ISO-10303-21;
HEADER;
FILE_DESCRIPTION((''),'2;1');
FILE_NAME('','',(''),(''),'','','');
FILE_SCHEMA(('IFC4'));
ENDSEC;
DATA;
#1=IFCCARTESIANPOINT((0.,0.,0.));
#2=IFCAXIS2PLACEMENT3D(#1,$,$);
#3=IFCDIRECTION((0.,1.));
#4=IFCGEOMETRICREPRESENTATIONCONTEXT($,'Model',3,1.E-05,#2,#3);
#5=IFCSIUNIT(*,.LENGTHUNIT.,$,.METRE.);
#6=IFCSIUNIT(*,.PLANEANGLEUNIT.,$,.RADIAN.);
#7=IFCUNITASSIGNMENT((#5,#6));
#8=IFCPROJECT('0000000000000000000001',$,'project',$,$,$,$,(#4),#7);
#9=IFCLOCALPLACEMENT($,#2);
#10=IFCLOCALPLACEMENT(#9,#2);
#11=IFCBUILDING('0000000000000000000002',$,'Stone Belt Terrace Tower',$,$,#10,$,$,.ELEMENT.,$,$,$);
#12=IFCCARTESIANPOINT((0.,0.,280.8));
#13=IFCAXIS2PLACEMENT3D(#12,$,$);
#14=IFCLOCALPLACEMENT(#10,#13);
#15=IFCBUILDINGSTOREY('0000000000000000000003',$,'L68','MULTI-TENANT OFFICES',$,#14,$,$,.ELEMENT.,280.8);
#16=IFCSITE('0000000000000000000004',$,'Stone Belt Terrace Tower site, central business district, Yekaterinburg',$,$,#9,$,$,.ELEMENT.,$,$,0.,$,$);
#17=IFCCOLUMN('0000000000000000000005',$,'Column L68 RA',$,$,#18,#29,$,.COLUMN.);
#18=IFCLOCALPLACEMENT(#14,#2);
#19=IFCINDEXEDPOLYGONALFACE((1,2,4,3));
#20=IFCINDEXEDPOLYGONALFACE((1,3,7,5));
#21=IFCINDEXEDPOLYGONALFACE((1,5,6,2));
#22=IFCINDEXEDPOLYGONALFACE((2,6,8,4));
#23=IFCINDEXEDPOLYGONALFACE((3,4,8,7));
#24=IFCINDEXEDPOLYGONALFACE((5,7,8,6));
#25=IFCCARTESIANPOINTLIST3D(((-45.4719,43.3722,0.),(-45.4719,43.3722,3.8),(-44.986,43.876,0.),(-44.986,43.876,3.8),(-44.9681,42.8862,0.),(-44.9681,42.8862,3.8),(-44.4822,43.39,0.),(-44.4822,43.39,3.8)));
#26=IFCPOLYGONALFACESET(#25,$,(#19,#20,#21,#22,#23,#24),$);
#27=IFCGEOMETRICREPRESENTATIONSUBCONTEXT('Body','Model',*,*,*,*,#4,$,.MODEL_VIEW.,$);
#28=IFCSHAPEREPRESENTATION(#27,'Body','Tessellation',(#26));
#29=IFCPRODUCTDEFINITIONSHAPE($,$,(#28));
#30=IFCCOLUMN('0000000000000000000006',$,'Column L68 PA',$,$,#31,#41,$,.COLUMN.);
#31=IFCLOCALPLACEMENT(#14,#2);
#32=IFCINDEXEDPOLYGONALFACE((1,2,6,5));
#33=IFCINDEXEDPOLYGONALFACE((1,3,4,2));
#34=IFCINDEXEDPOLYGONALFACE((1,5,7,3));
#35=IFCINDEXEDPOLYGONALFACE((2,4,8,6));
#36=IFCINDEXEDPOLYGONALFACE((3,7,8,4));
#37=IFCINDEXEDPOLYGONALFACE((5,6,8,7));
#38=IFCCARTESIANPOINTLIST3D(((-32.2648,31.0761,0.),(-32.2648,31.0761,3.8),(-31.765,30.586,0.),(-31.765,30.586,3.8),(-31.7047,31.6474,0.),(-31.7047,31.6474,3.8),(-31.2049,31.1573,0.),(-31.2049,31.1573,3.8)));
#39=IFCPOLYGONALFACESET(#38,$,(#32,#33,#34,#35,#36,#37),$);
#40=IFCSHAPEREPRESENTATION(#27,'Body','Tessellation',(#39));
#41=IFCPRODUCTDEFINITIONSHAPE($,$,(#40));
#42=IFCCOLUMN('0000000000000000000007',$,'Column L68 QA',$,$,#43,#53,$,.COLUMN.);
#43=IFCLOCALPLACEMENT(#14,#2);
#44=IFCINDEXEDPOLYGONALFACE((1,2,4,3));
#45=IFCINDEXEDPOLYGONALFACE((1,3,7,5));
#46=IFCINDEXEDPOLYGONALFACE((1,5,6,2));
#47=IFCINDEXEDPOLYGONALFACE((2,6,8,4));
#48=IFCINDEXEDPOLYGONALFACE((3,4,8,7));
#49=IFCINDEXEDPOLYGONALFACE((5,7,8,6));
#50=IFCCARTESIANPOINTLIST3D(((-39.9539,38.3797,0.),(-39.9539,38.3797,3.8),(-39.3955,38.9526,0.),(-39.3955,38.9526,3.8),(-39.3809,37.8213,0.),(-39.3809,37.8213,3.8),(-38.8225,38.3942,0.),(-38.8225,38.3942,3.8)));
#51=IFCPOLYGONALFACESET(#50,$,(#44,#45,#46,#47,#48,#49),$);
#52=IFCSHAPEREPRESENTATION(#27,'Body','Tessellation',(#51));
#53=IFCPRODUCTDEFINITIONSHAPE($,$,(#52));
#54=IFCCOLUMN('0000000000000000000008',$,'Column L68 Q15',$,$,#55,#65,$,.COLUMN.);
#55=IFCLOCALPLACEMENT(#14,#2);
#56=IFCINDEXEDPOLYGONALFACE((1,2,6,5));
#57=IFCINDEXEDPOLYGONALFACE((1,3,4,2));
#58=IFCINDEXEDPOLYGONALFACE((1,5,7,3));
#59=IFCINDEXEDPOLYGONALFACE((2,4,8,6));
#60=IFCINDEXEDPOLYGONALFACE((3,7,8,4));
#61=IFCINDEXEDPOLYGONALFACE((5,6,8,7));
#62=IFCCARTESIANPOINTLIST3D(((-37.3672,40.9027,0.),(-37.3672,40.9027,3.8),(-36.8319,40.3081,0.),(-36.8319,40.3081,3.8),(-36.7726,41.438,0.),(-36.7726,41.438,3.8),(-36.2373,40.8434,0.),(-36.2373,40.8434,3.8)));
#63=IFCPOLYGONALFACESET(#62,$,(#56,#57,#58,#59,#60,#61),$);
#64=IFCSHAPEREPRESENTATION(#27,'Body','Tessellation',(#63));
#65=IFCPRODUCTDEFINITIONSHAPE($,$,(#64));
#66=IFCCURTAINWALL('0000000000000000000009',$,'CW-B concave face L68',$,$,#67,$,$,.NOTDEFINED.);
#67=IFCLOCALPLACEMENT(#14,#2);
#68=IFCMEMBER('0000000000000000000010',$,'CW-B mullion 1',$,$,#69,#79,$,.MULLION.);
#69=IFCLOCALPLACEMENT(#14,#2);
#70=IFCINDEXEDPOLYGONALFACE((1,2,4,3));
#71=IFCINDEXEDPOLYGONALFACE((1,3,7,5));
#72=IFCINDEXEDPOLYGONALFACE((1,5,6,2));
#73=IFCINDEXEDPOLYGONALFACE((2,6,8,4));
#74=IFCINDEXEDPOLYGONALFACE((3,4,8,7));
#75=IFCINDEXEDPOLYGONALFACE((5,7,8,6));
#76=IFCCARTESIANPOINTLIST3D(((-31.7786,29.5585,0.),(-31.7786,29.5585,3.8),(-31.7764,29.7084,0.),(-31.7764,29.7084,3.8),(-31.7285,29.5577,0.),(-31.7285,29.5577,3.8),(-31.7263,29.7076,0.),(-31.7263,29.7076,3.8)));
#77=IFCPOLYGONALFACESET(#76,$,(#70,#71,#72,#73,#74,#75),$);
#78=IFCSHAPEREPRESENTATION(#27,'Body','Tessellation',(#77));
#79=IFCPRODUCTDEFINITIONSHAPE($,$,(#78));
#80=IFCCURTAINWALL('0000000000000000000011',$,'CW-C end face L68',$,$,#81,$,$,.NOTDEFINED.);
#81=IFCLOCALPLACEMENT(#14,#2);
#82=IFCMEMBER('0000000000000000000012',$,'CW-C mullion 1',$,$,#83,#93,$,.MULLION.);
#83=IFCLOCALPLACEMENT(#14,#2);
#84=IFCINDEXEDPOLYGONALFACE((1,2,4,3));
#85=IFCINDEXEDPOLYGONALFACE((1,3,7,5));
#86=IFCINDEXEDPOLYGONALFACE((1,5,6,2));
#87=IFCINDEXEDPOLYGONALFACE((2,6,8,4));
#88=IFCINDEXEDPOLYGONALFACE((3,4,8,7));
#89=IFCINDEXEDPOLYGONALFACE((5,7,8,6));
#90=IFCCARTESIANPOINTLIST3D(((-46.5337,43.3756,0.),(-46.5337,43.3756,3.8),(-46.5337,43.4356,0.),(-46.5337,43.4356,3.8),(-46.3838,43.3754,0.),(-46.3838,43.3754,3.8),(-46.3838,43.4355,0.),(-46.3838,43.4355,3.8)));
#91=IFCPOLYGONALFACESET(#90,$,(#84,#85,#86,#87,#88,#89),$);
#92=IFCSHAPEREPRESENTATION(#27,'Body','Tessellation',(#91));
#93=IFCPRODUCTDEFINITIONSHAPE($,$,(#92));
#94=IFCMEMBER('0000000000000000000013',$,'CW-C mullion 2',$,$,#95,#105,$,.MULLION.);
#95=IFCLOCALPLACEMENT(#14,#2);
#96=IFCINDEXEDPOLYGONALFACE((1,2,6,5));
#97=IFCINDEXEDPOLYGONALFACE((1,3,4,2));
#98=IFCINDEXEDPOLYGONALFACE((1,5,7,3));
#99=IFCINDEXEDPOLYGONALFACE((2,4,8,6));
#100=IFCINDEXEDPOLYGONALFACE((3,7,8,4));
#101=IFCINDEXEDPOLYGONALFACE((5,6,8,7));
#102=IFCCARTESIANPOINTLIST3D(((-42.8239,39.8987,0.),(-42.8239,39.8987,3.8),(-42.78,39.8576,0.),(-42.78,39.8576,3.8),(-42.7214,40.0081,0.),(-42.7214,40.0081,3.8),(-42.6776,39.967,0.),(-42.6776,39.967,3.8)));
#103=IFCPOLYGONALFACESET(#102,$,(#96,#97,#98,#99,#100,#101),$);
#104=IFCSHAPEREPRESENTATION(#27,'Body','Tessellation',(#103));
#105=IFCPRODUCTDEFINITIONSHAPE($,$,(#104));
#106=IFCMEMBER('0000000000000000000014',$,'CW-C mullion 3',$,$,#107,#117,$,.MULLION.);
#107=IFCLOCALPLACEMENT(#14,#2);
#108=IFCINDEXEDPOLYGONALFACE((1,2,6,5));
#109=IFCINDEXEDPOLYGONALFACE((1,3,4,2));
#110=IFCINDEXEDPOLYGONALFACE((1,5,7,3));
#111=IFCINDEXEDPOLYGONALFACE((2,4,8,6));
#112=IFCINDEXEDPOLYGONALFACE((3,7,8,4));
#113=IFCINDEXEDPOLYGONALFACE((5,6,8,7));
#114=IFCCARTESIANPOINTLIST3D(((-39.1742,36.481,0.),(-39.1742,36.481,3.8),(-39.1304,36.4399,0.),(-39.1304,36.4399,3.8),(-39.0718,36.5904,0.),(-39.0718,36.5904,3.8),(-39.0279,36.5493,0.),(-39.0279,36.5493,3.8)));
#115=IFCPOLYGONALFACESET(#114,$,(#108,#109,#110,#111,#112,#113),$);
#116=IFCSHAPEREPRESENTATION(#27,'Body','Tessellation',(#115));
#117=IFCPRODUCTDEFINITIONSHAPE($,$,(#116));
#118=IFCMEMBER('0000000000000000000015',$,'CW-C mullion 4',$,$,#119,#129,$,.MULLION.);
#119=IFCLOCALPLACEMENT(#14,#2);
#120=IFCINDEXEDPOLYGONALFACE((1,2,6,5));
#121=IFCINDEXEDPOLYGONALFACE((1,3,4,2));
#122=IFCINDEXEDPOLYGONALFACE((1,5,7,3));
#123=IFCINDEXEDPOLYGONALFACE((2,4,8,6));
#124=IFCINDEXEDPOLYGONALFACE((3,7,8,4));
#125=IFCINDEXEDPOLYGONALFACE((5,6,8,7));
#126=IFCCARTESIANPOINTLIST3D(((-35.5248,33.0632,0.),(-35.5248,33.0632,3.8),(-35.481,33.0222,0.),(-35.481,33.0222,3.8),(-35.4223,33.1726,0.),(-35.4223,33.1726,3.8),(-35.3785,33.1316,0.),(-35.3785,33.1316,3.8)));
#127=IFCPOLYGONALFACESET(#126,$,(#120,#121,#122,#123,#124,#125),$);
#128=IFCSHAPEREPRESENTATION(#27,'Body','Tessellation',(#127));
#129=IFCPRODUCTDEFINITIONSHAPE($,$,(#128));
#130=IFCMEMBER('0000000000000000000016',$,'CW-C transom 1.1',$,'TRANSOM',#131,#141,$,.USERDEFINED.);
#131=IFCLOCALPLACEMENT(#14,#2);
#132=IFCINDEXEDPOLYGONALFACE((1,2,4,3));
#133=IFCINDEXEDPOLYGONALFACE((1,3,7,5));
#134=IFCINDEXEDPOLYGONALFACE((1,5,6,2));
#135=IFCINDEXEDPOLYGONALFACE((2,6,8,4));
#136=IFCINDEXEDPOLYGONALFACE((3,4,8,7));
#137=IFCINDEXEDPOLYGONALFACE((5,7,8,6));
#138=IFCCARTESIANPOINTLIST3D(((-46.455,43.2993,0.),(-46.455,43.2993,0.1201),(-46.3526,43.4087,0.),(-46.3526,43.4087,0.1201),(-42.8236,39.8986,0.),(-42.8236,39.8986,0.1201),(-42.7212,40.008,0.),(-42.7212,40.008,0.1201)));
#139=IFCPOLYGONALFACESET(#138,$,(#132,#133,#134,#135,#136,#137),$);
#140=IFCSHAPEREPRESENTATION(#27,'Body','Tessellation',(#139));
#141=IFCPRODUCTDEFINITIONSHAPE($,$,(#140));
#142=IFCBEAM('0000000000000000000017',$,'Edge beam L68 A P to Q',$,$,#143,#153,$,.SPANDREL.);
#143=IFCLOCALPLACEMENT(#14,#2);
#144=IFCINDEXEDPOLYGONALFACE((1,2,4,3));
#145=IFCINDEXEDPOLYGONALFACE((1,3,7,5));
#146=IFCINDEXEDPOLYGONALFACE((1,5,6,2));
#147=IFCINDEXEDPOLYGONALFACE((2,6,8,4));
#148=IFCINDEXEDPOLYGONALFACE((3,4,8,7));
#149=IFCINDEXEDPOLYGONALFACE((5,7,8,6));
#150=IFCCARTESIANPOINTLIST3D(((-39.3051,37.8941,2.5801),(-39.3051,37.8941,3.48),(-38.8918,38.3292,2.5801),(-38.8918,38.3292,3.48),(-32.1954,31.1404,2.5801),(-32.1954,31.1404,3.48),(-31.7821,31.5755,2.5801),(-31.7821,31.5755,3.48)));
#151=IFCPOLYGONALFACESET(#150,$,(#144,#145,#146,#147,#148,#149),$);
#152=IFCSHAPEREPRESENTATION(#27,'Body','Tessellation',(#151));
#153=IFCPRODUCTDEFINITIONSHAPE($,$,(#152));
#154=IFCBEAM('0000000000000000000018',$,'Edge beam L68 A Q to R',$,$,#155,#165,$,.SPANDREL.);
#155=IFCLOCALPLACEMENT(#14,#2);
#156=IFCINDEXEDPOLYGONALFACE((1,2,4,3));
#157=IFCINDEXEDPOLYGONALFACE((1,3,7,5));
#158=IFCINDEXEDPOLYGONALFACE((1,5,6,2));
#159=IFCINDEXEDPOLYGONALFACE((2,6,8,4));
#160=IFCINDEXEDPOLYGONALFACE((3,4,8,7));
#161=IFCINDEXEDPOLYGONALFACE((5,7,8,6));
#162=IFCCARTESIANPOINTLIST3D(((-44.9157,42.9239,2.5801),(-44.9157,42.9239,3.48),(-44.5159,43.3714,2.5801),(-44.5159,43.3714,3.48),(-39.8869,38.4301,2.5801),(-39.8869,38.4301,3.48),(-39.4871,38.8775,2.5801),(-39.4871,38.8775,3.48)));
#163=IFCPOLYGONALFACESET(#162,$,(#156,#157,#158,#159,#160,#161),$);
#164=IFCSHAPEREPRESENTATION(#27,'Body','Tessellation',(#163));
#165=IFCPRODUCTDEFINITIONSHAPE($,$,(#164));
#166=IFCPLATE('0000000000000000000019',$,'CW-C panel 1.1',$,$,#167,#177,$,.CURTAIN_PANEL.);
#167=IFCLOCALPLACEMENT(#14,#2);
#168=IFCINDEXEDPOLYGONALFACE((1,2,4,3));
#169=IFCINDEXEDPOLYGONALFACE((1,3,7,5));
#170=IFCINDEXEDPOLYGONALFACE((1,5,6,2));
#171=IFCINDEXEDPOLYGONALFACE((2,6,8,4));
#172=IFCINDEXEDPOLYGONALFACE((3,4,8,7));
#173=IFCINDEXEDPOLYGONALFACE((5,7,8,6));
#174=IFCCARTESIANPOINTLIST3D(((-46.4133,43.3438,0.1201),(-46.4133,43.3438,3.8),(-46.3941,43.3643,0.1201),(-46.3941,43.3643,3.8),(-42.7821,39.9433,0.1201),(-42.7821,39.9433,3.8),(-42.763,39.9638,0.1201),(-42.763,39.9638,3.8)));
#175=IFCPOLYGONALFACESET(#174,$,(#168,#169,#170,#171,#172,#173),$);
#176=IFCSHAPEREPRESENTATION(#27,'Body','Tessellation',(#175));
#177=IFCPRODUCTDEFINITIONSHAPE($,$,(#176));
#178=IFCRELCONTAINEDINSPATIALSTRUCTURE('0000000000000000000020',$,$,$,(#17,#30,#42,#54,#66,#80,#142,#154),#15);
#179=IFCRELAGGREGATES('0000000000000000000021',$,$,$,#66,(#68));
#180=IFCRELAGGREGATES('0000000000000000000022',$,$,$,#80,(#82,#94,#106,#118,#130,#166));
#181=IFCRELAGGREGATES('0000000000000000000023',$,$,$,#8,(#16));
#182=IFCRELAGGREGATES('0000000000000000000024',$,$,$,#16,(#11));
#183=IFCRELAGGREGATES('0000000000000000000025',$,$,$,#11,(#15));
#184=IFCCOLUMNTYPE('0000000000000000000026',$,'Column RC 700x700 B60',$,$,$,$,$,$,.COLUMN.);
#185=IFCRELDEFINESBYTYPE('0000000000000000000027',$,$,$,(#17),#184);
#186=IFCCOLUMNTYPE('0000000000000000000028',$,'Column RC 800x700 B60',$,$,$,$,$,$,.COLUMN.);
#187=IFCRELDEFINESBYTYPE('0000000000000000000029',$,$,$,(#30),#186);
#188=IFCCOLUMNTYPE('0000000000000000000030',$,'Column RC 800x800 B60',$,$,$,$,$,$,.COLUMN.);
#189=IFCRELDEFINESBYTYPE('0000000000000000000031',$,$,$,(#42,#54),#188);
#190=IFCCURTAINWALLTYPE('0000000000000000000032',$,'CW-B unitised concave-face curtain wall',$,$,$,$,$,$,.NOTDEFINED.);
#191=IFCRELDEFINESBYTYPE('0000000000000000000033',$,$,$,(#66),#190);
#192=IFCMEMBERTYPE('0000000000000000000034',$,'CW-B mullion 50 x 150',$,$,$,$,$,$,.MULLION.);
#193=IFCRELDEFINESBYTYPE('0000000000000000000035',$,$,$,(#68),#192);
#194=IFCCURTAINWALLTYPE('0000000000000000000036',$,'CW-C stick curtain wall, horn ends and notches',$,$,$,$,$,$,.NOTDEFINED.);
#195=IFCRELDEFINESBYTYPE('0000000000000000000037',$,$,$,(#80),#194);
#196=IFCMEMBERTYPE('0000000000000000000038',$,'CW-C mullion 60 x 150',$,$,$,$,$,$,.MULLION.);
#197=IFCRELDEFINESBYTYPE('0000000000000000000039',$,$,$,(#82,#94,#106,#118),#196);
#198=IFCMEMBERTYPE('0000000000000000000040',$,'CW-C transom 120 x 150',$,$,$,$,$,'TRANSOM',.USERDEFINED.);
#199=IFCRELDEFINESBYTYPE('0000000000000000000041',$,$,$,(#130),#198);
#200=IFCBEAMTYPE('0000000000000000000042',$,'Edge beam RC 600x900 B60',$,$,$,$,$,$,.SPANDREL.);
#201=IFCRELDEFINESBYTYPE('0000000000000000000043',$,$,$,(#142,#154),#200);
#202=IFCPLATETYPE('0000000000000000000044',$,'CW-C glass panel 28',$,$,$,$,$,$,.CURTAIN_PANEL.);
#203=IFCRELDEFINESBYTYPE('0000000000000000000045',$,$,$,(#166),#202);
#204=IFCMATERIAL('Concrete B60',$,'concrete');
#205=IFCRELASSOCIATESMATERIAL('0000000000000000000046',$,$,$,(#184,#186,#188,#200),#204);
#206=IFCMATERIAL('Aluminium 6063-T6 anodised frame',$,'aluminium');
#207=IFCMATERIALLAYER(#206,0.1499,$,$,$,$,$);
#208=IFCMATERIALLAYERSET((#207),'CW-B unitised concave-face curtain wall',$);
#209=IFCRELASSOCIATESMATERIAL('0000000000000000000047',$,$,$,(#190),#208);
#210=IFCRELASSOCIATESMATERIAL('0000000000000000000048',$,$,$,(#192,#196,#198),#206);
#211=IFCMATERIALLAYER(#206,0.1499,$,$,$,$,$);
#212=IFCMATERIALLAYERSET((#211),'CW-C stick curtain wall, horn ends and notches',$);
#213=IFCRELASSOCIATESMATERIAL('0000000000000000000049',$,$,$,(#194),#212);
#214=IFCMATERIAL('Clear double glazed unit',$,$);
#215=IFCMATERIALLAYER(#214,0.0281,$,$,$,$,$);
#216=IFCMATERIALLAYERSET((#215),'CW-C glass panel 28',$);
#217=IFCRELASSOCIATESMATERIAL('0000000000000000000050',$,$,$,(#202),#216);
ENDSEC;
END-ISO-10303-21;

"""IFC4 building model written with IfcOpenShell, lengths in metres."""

from ifc_helpers import new_model, si_unit, direction, frame, origin, origin_2d, place, context, subcontext, project, spatial, rectangle, extrude, material, layer, layer_set, material_profile, profile_set, type_object, element, aggregate, save


model = new_model("IFC4")

# Units and contexts
model_context = context("Model", 3, precision=1e-05, world=origin(), true_north=direction((0.0, 1.0)))
body_context = subcontext(model_context, "Body", "Model", "MODEL_VIEW")
ifc_project = project(units=[si_unit("LENGTHUNIT", "METRE"), si_unit("PLANEANGLEUNIT", "RADIAN")], contexts=[model_context])

# Site, building, storey
site_placement = place(None, origin())
site = spatial("IfcSite", under=ifc_project, at=site_placement, Name="Stone Belt Terrace Tower site, central business district, Yekaterinburg", CompositionType="ELEMENT", RefElevation=0.0)
building_placement = place(site_placement, origin())
building = spatial("IfcBuilding", under=site, at=building_placement, Name="Stone Belt Terrace Tower", CompositionType="ELEMENT")
storey_placement = place(building_placement, frame((0.0, 0.0, 280.8)))
storey = spatial("IfcBuildingStorey", under=building, at=storey_placement, Name="L68", Description="MULTI-TENANT OFFICES", CompositionType="ELEMENT", Elevation=280.8)

# Columns
ifc_material_1 = material(Name="Concrete B60", Category="concrete")
ifc_material_profile_1 = material_profile(ifc_material_1, rectangle(XDim=0.7, YDim=0.7, at=origin_2d()), Name="RC 700x700")
ifc_profile_set_1 = profile_set([ifc_material_profile_1], Name="Concrete B60")
column_type_1 = type_object("IfcColumnType", Name="Column RC 700x700 B60", PredefinedType="COLUMN", material=ifc_profile_set_1)
column_1_placement = place(storey_placement, frame((-44.9771, 43.3811, 0.0), z_axis=(0.0, 0.0, 1.0), x_axis=(0.694221, 0.719762, 0.0)))
element("IfcColumn", 1, at=column_1_placement, inside=storey, type_object=column_type_1, Name="Column L68 RA", PredefinedType="COLUMN", context=body_context, shape_type="SweptSolid", body=[
    extrude(rectangle(XDim=0.7, YDim=0.7, at=origin_2d()), origin(), (0.0, 0.0, 1.0), 3.8),
])
ifc_material_profile_2 = material_profile(ifc_material_1, rectangle(XDim=0.8, YDim=0.7, at=origin_2d()), Name="RC 800x700")
ifc_profile_set_2 = profile_set([ifc_material_profile_2], Name="Concrete B60")
column_type_2 = type_object("IfcColumnType", Name="Column RC 800x700 B60", PredefinedType="COLUMN", material=ifc_profile_set_2)
column_2_placement = place(storey_placement, frame((-31.7349, 31.1167, 0.0), z_axis=(0.0, 0.0, 1.0), x_axis=(0.70012, 0.714026, 0.0)))
element("IfcColumn", 2, at=column_2_placement, inside=storey, type_object=column_type_2, Name="Column L68 PA", PredefinedType="COLUMN", context=body_context, shape_type="SweptSolid", body=[
    extrude(rectangle(XDim=0.8, YDim=0.7, at=origin_2d()), origin(), (0.0, 0.0, 1.0), 3.8),
])
ifc_material_profile_3 = material_profile(ifc_material_1, rectangle(XDim=0.8, YDim=0.8, at=origin_2d()), Name="RC 800x800")
ifc_profile_set_3 = profile_set([ifc_material_profile_3], Name="Concrete B60")
column_type_3 = type_object("IfcColumnType", Name="Column RC 800x800 B60", PredefinedType="COLUMN", material=ifc_profile_set_3)
for number, where, z_axis, x_axis, name in (
    (3, (-39.3882, 38.387, 0.0), (0.0, 0.0, 1.0), (0.697944, 0.716152, 0.0), "Column L68 QA"),
    (4, (-36.8022, 40.873, 0.0), (0.0, 0.0, 1.0), (0.743145, 0.669131, 0.0), "Column L68 Q15"),
):
    element("IfcColumn", number, at=place(storey_placement, frame(where, z_axis=z_axis, x_axis=x_axis)), inside=storey, type_object=column_type_3, Name=name, PredefinedType="COLUMN", context=body_context, shape_type="SweptSolid", body=[
        extrude(rectangle(XDim=0.8, YDim=0.8, at=origin_2d()), origin(), (0.0, 0.0, 1.0), 3.8),
    ])

# Curtain wall, member
ifc_material_2 = material(Name="Aluminium 6063-T6 anodised frame", Category="aluminium")
ifc_layer_1 = layer(ifc_material_2, 0.1499)
ifc_layer_set_1 = layer_set([ifc_layer_1], Name="CW-B unitised concave-face curtain wall")
curtain_wall_type_1 = type_object("IfcCurtainWallType", Name="CW-B unitised concave-face curtain wall", PredefinedType="NOTDEFINED", material=ifc_layer_set_1)
curtain_wall_1_placement = place(storey_placement, origin())
curtain_wall_1 = element("IfcCurtainWall", 5, at=curtain_wall_1_placement, inside=storey, type_object=curtain_wall_type_1, Name="CW-B concave face L68", PredefinedType="NOTDEFINED")
ifc_material_profile_4 = material_profile(ifc_material_2, rectangle(XDim=0.1499, YDim=0.05, at=origin_2d()), Name="Aluminium 6063-T6 50x150")
ifc_profile_set_4 = profile_set([ifc_material_profile_4], Name="Aluminium 6063-T6 anodised frame")
member_type_1 = type_object("IfcMemberType", Name="CW-B mullion 50 x 150", PredefinedType="MULLION", material=ifc_profile_set_4)
member_1_placement = place(storey_placement, frame((-31.7524, 29.6331, 0.0), z_axis=(0.0, 0.0, 1.0), x_axis=(0.014682, 0.999892, 0.0)))
member_1 = element("IfcMember", 6, at=member_1_placement, type_object=member_type_1, Name="CW-B mullion 1", PredefinedType="MULLION", context=body_context, shape_type="SweptSolid", body=[
    extrude(rectangle(XDim=0.1499, YDim=0.05, at=origin_2d()), origin(), (0.0, 0.0, 1.0), 3.8),
])
aggregate(curtain_wall_1, [member_1])

# Curtain wall, members
ifc_layer_2 = layer(ifc_material_2, 0.1499)
ifc_layer_set_2 = layer_set([ifc_layer_2], Name="CW-C stick curtain wall, horn ends and notches")
curtain_wall_type_2 = type_object("IfcCurtainWallType", Name="CW-C stick curtain wall, horn ends and notches", PredefinedType="NOTDEFINED", material=ifc_layer_set_2)
curtain_wall_2_placement = place(storey_placement, origin())
curtain_wall_2 = element("IfcCurtainWall", 7, at=curtain_wall_2_placement, inside=storey, type_object=curtain_wall_type_2, Name="CW-C end face L68", PredefinedType="NOTDEFINED")
ifc_material_profile_5 = material_profile(ifc_material_2, rectangle(XDim=0.1499, YDim=0.0601, at=origin_2d()), Name="Aluminium 6063-T6 60x150")
ifc_profile_set_5 = profile_set([ifc_material_profile_5], Name="Aluminium 6063-T6 anodised frame")
member_type_2 = type_object("IfcMemberType", Name="CW-C mullion 60 x 150", PredefinedType="MULLION", material=ifc_profile_set_5)
member_2_placement = place(storey_placement, frame((-46.4587, 43.4055, 0.0), z_axis=(0.0, 0.0, 1.0), x_axis=(0.999999, -0.001051, 0.0)))
member_2 = element("IfcMember", 8, at=member_2_placement, type_object=member_type_2, Name="CW-C mullion 1", PredefinedType="MULLION", context=body_context, shape_type="SweptSolid", body=[
    extrude(rectangle(XDim=0.1499, YDim=0.0601, at=origin_2d()), origin(), (0.0, 0.0, 1.0), 3.8),
])
member_3_placement = place(storey_placement, frame((-42.7507, 39.9329, 0.0), z_axis=(0.0, 0.0, 1.0), x_axis=(0.683549, 0.729904, 0.0)))
member_3 = element("IfcMember", 9, at=member_3_placement, type_object=member_type_2, Name="CW-C mullion 2", PredefinedType="MULLION", context=body_context, shape_type="SweptSolid", body=[
    extrude(rectangle(XDim=0.1499, YDim=0.0601, at=origin_2d()), origin(), (0.0, 0.0, 1.0), 3.8),
])
member_4_placement = place(storey_placement, frame((-39.1011, 36.5151, 0.0), z_axis=(0.0, 0.0, 1.0), x_axis=(0.683549, 0.729904, 0.0)))
member_4 = element("IfcMember", 10, at=member_4_placement, type_object=member_type_2, Name="CW-C mullion 3", PredefinedType="MULLION", context=body_context, shape_type="SweptSolid", body=[
    extrude(rectangle(XDim=0.1499, YDim=0.0601, at=origin_2d()), origin(), (0.0, 0.0, 1.0), 3.8),
])
member_5_placement = place(storey_placement, frame((-35.4517, 33.0974, 0.0), z_axis=(0.0, 0.0, 1.0), x_axis=(0.683549, 0.729904, 0.0)))
member_5 = element("IfcMember", 11, at=member_5_placement, type_object=member_type_2, Name="CW-C mullion 4", PredefinedType="MULLION", context=body_context, shape_type="SweptSolid", body=[
    extrude(rectangle(XDim=0.1499, YDim=0.0601, at=origin_2d()), origin(), (0.0, 0.0, 1.0), 3.8),
])
ifc_material_profile_6 = material_profile(ifc_material_2, rectangle(XDim=0.1499, YDim=0.1201, at=origin_2d()), Name="Aluminium 6063-T6 150x120")
ifc_profile_set_6 = profile_set([ifc_material_profile_6], Name="Aluminium 6063-T6 anodised frame")
member_type_3 = type_object("IfcMemberType", Name="CW-C transom 120 x 150", ElementType="TRANSOM", PredefinedType="USERDEFINED", material=ifc_profile_set_6)
member_6_placement = place(storey_placement, frame((-46.4038, 43.354, 0.0601), z_axis=(0.729914, -0.683539, 0.0), x_axis=(0.683539, 0.729914, 0.0)))
member_6 = element("IfcMember", 12, at=member_6_placement, type_object=member_type_3, Name="CW-C transom 1.1", ObjectType="TRANSOM", PredefinedType="USERDEFINED", context=body_context, shape_type="SweptSolid", body=[
    extrude(rectangle(XDim=0.1499, YDim=0.1201, at=origin_2d()), origin(), (0.0, 0.0, 1.0), 4.9751),
])

# Beams
ifc_material_profile_7 = material_profile(ifc_material_1, rectangle(XDim=0.6001, YDim=0.8999, at=origin_2d()), Name="RC 600x900")
ifc_profile_set_7 = profile_set([ifc_material_profile_7], Name="Concrete B60")
beam_type = type_object("IfcBeamType", Name="Edge beam RC 600x900 B60", PredefinedType="SPANDREL", material=ifc_profile_set_7)
beam_1_placement = place(storey_placement, frame((-31.9888, 31.3579, 3.03), z_axis=(-0.725024, 0.688724, 0.0), x_axis=(-0.688724, -0.725024, 0.0)))
element("IfcBeam", 13, at=beam_1_placement, inside=storey, type_object=beam_type, Name="Edge beam L68 A P to Q", PredefinedType="SPANDREL", context=body_context, shape_type="SweptSolid", body=[
    extrude(rectangle(XDim=0.6001, YDim=0.8999, at=origin_2d()), origin(), (0.0, 0.0, 1.0), 9.8062),
])
beam_2_placement = place(storey_placement, frame((-39.687, 38.6538, 3.03), z_axis=(-0.745651, 0.666337, 0.0), x_axis=(-0.666337, -0.745651, 0.0)))
element("IfcBeam", 14, at=beam_2_placement, inside=storey, type_object=beam_type, Name="Edge beam L68 A Q to R", PredefinedType="SPANDREL", context=body_context, shape_type="SweptSolid", body=[
    extrude(rectangle(XDim=0.6001, YDim=0.8999, at=origin_2d()), origin(), (0.0, 0.0, 1.0), 6.7441),
])

# Plate
ifc_material_3 = material(Name="Clear double glazed unit")
ifc_layer_3 = layer(ifc_material_3, 0.0281)
ifc_layer_set_3 = layer_set([ifc_layer_3], Name="CW-C glass panel 28")
plate_type = type_object("IfcPlateType", Name="CW-C glass panel 28", PredefinedType="CURTAIN_PANEL", material=ifc_layer_set_3)
plate_1_placement = place(storey_placement, frame((-44.5881, 41.6538, 0.1201), z_axis=(0.0, 0.0, 1.0), x_axis=(0.729904, -0.683549, 0.0)))
plate_1 = element("IfcPlate", 15, at=plate_1_placement, type_object=plate_type, Name="CW-C panel 1.1", PredefinedType="CURTAIN_PANEL", context=body_context, shape_type="SweptSolid", body=[
    extrude(rectangle(XDim=4.9749, YDim=0.0281, at=origin_2d()), origin(), (0.0, 0.0, 1.0), 3.6799),
])
aggregate(curtain_wall_2, [member_2, member_3, member_4, member_5, member_6, plate_1])

save(model, "model.ifc")
